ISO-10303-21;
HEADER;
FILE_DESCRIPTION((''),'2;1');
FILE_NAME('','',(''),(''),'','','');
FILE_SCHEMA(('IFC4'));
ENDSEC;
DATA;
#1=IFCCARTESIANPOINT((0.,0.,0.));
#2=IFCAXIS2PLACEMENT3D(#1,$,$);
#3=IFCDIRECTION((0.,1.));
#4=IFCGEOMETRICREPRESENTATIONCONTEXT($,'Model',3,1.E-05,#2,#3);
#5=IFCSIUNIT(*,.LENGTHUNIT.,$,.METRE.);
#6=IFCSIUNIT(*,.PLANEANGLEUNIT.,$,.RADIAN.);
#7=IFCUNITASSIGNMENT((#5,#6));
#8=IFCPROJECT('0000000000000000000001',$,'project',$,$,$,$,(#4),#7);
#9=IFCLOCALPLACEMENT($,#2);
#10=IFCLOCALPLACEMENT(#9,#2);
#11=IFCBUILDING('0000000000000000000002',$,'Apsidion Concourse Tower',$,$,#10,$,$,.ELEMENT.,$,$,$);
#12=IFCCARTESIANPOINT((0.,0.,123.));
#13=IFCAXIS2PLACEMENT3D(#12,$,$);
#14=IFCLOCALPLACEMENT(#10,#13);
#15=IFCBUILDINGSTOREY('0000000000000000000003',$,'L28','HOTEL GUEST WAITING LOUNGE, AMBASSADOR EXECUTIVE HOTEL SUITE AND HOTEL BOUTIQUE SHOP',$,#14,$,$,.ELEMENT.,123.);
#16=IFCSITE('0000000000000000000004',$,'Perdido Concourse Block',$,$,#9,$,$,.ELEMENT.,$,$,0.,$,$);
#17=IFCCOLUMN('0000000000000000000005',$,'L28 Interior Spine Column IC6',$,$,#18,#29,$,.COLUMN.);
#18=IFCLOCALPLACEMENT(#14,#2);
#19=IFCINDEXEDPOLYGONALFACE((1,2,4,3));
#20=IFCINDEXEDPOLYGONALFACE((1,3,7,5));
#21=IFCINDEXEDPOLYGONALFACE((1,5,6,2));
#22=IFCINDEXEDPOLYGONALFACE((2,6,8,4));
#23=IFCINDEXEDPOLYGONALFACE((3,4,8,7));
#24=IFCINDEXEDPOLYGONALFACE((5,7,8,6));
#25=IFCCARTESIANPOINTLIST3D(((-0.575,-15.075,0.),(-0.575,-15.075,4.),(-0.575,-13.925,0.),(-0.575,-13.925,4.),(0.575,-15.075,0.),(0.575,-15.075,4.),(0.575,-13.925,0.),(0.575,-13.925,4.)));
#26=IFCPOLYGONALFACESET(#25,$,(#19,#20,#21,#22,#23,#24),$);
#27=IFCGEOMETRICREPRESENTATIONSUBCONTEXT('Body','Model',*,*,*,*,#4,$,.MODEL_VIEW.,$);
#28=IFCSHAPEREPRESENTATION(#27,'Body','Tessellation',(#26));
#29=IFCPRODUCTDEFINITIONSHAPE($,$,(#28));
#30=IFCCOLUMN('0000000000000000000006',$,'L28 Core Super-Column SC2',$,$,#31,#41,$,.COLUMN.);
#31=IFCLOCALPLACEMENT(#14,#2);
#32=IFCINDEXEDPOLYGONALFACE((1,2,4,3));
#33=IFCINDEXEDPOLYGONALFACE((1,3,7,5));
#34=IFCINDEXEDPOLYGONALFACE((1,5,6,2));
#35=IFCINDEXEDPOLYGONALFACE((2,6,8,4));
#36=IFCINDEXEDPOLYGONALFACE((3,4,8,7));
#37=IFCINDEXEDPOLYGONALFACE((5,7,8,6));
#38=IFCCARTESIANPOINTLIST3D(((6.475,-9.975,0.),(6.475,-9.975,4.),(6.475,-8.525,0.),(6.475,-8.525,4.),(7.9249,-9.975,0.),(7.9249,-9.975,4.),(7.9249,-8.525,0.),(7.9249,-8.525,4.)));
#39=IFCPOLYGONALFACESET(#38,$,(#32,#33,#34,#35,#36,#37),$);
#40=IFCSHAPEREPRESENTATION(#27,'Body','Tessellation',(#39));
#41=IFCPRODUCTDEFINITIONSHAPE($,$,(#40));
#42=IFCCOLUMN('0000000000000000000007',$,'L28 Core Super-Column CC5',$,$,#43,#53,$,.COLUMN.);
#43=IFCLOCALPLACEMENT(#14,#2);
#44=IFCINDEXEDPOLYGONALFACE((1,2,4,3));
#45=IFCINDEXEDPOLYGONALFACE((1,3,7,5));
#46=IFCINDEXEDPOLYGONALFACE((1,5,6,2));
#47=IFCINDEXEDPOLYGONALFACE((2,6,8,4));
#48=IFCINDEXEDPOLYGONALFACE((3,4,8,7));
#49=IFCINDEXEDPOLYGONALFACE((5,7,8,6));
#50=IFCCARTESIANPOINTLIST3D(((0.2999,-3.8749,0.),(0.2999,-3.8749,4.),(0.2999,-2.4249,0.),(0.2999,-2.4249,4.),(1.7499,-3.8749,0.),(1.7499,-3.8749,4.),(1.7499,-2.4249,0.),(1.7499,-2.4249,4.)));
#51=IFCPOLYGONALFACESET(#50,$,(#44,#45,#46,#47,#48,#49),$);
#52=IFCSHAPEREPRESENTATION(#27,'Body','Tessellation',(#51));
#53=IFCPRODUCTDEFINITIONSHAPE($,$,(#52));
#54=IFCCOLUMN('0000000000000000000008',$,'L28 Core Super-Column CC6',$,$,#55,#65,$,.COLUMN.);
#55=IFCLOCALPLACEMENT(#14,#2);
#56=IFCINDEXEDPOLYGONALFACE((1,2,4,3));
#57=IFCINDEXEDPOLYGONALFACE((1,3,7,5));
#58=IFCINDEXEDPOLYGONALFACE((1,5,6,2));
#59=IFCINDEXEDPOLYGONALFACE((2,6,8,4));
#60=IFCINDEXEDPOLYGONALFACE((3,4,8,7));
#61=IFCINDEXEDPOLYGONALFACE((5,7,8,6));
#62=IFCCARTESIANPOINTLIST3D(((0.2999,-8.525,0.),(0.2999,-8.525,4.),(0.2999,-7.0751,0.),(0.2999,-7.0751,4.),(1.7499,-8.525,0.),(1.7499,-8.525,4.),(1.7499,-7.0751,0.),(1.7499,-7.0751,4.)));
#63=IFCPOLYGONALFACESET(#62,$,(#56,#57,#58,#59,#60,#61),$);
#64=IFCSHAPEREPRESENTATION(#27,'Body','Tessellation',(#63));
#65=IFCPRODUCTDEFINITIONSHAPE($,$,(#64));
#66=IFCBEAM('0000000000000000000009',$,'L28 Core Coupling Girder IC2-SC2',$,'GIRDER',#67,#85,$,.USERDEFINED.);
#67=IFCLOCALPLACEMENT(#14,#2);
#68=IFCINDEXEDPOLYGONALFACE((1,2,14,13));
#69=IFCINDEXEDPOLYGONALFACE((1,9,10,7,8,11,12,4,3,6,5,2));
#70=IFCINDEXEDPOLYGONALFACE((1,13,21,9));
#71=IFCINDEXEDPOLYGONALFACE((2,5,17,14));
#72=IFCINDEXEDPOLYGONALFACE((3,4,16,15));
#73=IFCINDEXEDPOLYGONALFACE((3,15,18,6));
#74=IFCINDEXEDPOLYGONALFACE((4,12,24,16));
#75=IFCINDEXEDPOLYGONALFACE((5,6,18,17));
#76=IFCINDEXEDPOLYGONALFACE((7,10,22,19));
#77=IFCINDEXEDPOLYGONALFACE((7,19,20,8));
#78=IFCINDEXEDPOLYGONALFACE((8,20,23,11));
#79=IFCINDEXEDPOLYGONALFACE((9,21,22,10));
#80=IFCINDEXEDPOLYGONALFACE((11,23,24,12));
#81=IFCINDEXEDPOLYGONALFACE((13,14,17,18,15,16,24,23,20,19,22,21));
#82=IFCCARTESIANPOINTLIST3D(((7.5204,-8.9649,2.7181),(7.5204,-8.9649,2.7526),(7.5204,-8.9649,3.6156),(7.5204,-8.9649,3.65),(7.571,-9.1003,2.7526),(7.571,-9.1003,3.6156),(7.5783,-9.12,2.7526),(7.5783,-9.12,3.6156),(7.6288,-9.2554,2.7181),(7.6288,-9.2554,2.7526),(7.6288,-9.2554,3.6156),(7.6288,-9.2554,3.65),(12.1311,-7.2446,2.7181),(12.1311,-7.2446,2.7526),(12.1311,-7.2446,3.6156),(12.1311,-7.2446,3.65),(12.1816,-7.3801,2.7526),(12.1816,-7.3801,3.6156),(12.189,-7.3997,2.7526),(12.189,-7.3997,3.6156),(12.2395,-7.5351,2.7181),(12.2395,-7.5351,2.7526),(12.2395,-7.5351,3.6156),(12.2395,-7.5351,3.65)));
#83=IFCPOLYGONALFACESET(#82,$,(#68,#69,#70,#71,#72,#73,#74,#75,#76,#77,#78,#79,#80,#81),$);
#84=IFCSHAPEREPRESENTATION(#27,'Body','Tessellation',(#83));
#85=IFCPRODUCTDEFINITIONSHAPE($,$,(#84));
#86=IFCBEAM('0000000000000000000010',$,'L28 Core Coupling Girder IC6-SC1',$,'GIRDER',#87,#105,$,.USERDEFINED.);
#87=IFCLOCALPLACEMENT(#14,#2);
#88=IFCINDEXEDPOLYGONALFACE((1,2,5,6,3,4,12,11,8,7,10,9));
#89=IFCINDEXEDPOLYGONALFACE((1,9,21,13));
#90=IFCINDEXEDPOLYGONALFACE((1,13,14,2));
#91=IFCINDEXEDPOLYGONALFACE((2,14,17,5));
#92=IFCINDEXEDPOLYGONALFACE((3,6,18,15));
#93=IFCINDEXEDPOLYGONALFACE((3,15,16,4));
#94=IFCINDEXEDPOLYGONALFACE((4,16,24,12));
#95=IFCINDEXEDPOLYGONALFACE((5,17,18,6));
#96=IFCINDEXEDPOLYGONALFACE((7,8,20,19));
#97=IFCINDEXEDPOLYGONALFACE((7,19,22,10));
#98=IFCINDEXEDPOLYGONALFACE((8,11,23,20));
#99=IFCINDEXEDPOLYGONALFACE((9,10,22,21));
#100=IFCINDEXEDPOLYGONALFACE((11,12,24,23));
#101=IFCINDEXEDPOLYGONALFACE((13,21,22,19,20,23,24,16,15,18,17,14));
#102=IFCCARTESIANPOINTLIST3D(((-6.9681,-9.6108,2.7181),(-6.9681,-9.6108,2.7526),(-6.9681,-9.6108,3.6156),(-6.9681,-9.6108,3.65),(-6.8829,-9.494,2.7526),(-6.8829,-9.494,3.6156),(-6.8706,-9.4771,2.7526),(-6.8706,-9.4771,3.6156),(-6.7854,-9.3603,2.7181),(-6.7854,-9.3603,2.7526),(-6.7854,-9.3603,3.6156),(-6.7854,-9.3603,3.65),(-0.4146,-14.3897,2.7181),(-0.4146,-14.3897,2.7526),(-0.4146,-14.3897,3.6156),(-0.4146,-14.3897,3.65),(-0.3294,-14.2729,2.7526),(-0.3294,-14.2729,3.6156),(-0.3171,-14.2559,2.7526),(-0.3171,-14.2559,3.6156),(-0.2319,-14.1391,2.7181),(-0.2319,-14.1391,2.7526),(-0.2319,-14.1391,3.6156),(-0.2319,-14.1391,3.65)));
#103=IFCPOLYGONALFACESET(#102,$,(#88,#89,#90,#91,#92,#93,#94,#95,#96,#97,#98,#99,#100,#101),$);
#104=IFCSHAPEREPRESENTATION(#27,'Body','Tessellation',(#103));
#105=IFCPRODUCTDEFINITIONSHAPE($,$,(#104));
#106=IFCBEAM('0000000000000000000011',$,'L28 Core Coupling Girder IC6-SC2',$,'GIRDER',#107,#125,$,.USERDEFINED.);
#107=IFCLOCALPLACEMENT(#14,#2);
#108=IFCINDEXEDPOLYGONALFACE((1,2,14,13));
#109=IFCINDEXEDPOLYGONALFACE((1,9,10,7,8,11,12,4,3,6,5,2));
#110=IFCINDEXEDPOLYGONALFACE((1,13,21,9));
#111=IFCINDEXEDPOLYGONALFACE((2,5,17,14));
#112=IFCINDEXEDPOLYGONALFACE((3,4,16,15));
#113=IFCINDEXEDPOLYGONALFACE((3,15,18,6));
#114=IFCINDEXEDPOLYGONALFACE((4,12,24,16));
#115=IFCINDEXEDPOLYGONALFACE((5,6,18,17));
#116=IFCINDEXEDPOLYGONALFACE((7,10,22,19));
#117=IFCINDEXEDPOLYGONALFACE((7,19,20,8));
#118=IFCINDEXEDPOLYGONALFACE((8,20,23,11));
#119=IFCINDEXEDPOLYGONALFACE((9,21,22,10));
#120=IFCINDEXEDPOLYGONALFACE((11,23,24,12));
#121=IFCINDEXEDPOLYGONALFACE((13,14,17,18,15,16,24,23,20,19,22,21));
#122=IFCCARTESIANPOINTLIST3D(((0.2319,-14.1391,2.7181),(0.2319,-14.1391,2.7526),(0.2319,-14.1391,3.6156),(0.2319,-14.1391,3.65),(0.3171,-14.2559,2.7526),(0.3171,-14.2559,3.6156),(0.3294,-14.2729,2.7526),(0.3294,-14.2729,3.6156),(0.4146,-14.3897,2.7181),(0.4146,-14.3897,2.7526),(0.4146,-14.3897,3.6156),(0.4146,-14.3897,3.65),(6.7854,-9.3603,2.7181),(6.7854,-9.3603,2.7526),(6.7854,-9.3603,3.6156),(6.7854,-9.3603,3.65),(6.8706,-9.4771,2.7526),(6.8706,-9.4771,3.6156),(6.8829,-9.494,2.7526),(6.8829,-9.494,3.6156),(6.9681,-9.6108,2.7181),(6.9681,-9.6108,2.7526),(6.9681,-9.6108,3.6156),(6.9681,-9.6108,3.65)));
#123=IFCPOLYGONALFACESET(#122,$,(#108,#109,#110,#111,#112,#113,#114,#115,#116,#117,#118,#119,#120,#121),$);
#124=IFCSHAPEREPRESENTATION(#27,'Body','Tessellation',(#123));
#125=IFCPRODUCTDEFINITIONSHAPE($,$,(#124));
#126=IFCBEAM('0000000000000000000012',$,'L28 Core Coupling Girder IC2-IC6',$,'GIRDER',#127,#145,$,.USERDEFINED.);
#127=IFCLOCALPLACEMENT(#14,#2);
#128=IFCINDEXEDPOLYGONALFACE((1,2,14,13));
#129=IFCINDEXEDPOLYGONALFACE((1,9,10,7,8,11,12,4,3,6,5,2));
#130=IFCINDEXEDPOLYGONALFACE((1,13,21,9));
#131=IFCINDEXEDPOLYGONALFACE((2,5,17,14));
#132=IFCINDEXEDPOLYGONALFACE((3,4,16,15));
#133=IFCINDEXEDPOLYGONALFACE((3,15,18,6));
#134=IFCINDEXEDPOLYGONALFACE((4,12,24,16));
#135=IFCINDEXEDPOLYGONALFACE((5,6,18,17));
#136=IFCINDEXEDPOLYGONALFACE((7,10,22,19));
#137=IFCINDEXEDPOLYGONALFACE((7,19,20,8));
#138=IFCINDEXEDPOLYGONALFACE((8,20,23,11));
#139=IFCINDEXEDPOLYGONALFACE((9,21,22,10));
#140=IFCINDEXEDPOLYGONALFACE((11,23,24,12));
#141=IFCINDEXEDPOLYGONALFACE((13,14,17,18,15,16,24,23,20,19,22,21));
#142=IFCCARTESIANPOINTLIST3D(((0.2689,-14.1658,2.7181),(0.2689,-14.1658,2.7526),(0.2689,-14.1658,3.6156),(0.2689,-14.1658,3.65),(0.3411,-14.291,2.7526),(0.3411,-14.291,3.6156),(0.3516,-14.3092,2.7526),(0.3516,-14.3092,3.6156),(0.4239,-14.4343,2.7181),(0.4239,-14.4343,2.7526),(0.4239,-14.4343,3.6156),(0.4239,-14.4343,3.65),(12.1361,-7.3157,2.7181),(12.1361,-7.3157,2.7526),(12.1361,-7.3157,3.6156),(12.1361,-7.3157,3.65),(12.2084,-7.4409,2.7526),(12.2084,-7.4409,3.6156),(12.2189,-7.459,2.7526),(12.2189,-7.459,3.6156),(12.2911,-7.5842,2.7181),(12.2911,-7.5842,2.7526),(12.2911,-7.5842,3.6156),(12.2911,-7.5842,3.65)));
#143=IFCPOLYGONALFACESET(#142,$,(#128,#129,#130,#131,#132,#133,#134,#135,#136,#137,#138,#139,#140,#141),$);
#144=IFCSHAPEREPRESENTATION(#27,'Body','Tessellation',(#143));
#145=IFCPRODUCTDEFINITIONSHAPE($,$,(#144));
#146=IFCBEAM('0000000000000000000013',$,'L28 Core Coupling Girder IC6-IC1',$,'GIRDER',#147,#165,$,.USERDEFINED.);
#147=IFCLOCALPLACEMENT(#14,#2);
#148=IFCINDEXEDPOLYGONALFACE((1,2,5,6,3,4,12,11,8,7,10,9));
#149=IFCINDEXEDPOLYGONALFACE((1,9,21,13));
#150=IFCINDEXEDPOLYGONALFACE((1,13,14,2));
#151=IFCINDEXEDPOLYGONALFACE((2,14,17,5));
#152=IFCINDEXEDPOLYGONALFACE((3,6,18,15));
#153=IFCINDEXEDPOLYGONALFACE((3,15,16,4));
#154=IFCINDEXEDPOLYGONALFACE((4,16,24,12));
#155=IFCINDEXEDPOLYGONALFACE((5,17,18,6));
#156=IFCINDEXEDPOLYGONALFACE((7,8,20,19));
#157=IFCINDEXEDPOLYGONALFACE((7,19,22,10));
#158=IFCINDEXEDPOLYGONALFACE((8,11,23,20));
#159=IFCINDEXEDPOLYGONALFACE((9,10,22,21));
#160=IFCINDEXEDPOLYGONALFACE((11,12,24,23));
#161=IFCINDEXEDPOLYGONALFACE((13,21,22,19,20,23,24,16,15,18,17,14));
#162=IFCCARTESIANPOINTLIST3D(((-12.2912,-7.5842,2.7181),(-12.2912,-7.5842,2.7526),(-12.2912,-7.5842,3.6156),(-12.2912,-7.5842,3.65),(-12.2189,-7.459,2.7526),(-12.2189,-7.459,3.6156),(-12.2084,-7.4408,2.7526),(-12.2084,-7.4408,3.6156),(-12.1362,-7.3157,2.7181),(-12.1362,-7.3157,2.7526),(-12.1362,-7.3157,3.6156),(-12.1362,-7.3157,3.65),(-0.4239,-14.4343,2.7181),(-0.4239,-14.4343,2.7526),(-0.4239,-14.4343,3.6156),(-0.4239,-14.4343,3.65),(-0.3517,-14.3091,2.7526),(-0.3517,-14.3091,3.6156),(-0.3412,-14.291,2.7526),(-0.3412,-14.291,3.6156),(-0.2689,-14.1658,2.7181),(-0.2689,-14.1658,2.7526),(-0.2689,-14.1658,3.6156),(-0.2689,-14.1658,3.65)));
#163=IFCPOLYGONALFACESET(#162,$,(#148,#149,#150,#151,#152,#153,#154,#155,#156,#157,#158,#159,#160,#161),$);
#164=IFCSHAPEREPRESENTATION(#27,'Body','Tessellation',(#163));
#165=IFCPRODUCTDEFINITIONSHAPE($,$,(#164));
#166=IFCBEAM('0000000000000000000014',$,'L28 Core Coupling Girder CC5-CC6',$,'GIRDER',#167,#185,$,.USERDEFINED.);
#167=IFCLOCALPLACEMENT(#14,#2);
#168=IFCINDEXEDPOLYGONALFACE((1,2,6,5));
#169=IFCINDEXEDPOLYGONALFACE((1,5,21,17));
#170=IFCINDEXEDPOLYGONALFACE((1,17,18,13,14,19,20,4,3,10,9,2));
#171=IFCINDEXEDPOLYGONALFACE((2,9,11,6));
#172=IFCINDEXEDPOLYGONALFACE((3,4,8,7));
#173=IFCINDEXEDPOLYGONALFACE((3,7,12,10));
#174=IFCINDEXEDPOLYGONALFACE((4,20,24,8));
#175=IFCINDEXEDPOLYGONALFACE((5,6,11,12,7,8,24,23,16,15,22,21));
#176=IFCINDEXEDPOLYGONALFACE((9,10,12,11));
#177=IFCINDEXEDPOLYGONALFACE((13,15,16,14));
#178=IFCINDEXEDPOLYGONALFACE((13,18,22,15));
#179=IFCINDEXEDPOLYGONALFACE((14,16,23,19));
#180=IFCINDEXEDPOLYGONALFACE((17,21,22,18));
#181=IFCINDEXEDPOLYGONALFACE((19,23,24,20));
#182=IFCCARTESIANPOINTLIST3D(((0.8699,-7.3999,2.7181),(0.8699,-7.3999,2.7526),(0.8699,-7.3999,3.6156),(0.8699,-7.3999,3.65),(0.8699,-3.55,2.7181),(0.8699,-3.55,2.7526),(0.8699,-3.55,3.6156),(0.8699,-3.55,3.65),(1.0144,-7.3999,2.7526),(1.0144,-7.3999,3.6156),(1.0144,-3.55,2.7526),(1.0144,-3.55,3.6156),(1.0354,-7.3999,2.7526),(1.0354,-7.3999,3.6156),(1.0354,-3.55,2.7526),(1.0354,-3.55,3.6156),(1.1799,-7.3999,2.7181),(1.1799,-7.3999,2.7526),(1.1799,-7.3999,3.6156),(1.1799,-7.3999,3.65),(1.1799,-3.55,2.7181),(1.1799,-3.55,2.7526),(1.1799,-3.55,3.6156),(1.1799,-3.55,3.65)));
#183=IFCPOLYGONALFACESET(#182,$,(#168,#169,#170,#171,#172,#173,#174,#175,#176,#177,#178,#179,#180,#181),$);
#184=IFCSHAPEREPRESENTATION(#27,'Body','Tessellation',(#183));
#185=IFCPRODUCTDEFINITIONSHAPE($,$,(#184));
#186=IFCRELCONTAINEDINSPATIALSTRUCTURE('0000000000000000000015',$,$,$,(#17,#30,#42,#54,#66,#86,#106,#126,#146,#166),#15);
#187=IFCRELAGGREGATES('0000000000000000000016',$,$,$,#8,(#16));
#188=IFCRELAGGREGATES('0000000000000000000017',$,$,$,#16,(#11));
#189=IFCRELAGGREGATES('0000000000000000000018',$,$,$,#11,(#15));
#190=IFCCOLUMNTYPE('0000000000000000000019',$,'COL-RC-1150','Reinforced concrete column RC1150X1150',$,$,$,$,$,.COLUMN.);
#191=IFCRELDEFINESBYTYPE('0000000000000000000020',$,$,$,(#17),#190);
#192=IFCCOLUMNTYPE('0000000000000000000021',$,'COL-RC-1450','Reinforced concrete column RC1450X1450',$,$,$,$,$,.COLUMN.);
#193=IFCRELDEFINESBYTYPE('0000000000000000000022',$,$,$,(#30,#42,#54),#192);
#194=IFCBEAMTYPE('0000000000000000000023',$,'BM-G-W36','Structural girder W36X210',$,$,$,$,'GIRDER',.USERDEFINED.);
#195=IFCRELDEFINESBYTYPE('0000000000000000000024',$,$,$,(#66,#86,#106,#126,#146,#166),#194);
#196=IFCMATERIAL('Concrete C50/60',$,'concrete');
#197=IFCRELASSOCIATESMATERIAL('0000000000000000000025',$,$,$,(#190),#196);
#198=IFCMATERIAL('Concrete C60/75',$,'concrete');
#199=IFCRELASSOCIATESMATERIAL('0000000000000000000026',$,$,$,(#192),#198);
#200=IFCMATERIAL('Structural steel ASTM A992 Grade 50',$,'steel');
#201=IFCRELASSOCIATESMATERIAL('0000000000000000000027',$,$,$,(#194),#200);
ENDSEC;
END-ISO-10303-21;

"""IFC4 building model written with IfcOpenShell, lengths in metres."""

from ifc_helpers import new_model, si_unit, direction, frame, origin, origin_2d, place, context, subcontext, project, spatial, rectangle, i_section, extrude, material, material_profile, profile_set, type_object, element, save


model = new_model("IFC4")

# Units and contexts
model_context = context("Model", 3, precision=1e-05, world=origin(), true_north=direction((0.0, 1.0)))
body_context = subcontext(model_context, "Body", "Model", "MODEL_VIEW")
ifc_project = project(units=[si_unit("LENGTHUNIT", "METRE"), si_unit("PLANEANGLEUNIT", "RADIAN")], contexts=[model_context])

# Site, building, storey
site_placement = place(None, origin())
site = spatial("IfcSite", under=ifc_project, at=site_placement, Name="Perdido Concourse Block", CompositionType="ELEMENT", RefElevation=0.0)
building_placement = place(site_placement, origin())
building = spatial("IfcBuilding", under=site, at=building_placement, Name="Apsidion Concourse Tower", CompositionType="ELEMENT")
storey_placement = place(building_placement, frame((0.0, 0.0, 123.0)))
storey = spatial("IfcBuildingStorey", under=building, at=storey_placement, Name="L28", Description="HOTEL GUEST WAITING LOUNGE, AMBASSADOR EXECUTIVE HOTEL SUITE AND HOTEL BOUTIQUE SHOP", CompositionType="ELEMENT", Elevation=123.0)

# Columns
ifc_material_1 = material(Name="Concrete C50/60", Category="concrete")
ifc_material_profile_1 = material_profile(ifc_material_1, rectangle(XDim=1.1499, YDim=1.1499, at=origin_2d()), Name="RC 1150x1150")
ifc_profile_set_1 = profile_set([ifc_material_profile_1], Name="Concrete C50/60")
column_type_1 = type_object("IfcColumnType", Name="COL-RC-1150", Description="Reinforced concrete column RC1150X1150", PredefinedType="COLUMN", material=ifc_profile_set_1)
column_placement = place(storey_placement, frame((0.0, -14.5, 0.0), z_axis=(0.0, 0.0, 1.0), x_axis=(1.0, 0.0, 0.0)))
element("IfcColumn", 1, at=column_placement, inside=storey, type_object=column_type_1, Name="L28 Interior Spine Column IC6", PredefinedType="COLUMN", context=body_context, shape_type="SweptSolid", body=[
    extrude(rectangle(XDim=1.1499, YDim=1.1499, at=origin_2d()), origin(), (0.0, 0.0, 1.0), 4.0),
])
ifc_material_2 = material(Name="Concrete C60/75", Category="concrete")
ifc_material_profile_2 = material_profile(ifc_material_2, rectangle(XDim=1.45, YDim=1.45, at=origin_2d()), Name="RC 1450x1450")
ifc_profile_set_2 = profile_set([ifc_material_profile_2], Name="Concrete C60/75")
column_type_2 = type_object("IfcColumnType", Name="COL-RC-1450", Description="Reinforced concrete column RC1450X1450", PredefinedType="COLUMN", material=ifc_profile_set_2)
for number, where, z_axis, x_axis, name in (
    (2, (7.2, -9.25, 0.0), (0.0, 0.0, 1.0), (1.0, 0.0, 0.0), "L28 Core Super-Column SC2"),
    (3, (1.0249, -3.1499, 0.0), (0.0, 0.0, 1.0), (1.0, 0.0, 0.0), "L28 Core Super-Column CC5"),
    (4, (1.0249, -7.8, 0.0), (0.0, 0.0, 1.0), (1.0, 0.0, 0.0), "L28 Core Super-Column CC6"),
):
    element("IfcColumn", number, at=place(storey_placement, frame(where, z_axis=z_axis, x_axis=x_axis)), inside=storey, type_object=column_type_2, Name=name, PredefinedType="COLUMN", context=body_context, shape_type="SweptSolid", body=[
        extrude(rectangle(XDim=1.45, YDim=1.45, at=origin_2d()), origin(), (0.0, 0.0, 1.0), 4.0),
    ])

# Beams
ifc_material_3 = material(Name="Structural steel ASTM A992 Grade 50", Category="steel")
ifc_material_profile_3 = material_profile(ifc_material_3, i_section(OverallWidth=0.3101, OverallDepth=0.9319, WebThickness=0.021, FlangeThickness=0.0344, at=origin_2d()), Name="W36X210")
ifc_profile_set_3 = profile_set([ifc_material_profile_3], Name="Structural steel ASTM A992 Grade 50")
beam_type_1 = type_object("IfcBeamType", Name="BM-G-W36", Description="Structural girder W36X210", ElementType="GIRDER", PredefinedType="USERDEFINED", material=ifc_profile_set_3)
beam_1_placement = place(storey_placement, frame((12.1853, -7.3899, 3.1841), z_axis=(-0.936913, -0.349563, 0.0), x_axis=(0.349563, -0.936913, 0.0)))
element("IfcBeam", 5, at=beam_1_placement, inside=storey, type_object=beam_type_1, Name="L28 Core Coupling Girder IC2-SC2", ObjectType="GIRDER", PredefinedType="USERDEFINED", context=body_context, shape_type="SweptSolid", body=[
    extrude(i_section(OverallWidth=0.3101, OverallDepth=0.9319, WebThickness=0.021, FlangeThickness=0.0344, at=origin_2d()), origin(), (0.0, 0.0, 1.0), 4.9211),
])
for number, where, z_axis, x_axis, name in (
    (6, (-0.3232, -14.2644, 3.1841), (-0.807993, 0.589191, 0.0), (-0.589191, -0.807993, 0.0), "L28 Core Coupling Girder IC6-SC1"),
    (7, (0.3232, -14.2644, 3.1841), (0.807993, 0.589191, 0.0), (-0.589191, 0.807993, 0.0), "L28 Core Coupling Girder IC6-SC2"),
):
    element("IfcBeam", number, at=place(storey_placement, frame(where, z_axis=z_axis, x_axis=x_axis)), inside=storey, type_object=beam_type_1, Name=name, ObjectType="GIRDER", PredefinedType="USERDEFINED", context=body_context, shape_type="SweptSolid", body=[
        extrude(i_section(OverallWidth=0.3101, OverallDepth=0.9319, WebThickness=0.021, FlangeThickness=0.0344, at=origin_2d()), origin(), (0.0, 0.0, 1.0), 8.1108),
    ])
for number, where, z_axis, x_axis, name in (
    (8, (12.2136, -7.45, 3.1841), (-0.86607, -0.499922, 0.0), (0.499922, -0.86607, 0.0), "L28 Core Coupling Girder IC2-IC6"),
    (9, (-0.3464, -14.3, 3.1841), (-0.86607, 0.499922, 0.0), (-0.499922, -0.86607, 0.0), "L28 Core Coupling Girder IC6-IC1"),
):
    element("IfcBeam", number, at=place(storey_placement, frame(where, z_axis=z_axis, x_axis=x_axis)), inside=storey, type_object=beam_type_1, Name=name, ObjectType="GIRDER", PredefinedType="USERDEFINED", context=body_context, shape_type="SweptSolid", body=[
        extrude(i_section(OverallWidth=0.3101, OverallDepth=0.9319, WebThickness=0.021, FlangeThickness=0.0344, at=origin_2d()), origin(), (0.0, 0.0, 1.0), 13.7024),
    ])
beam_2_placement = place(storey_placement, frame((1.0249, -3.55, 3.1841), z_axis=(0.0, -1.0, 0.0), x_axis=(1.0, 0.0, 0.0)))
element("IfcBeam", 10, at=beam_2_placement, inside=storey, type_object=beam_type_1, Name="L28 Core Coupling Girder CC5-CC6", ObjectType="GIRDER", PredefinedType="USERDEFINED", context=body_context, shape_type="SweptSolid", body=[
    extrude(i_section(OverallWidth=0.3101, OverallDepth=0.9319, WebThickness=0.021, FlangeThickness=0.0344, at=origin_2d()), origin(), (0.0, 0.0, 1.0), 3.8499),
])

save(model, "model.ifc")
